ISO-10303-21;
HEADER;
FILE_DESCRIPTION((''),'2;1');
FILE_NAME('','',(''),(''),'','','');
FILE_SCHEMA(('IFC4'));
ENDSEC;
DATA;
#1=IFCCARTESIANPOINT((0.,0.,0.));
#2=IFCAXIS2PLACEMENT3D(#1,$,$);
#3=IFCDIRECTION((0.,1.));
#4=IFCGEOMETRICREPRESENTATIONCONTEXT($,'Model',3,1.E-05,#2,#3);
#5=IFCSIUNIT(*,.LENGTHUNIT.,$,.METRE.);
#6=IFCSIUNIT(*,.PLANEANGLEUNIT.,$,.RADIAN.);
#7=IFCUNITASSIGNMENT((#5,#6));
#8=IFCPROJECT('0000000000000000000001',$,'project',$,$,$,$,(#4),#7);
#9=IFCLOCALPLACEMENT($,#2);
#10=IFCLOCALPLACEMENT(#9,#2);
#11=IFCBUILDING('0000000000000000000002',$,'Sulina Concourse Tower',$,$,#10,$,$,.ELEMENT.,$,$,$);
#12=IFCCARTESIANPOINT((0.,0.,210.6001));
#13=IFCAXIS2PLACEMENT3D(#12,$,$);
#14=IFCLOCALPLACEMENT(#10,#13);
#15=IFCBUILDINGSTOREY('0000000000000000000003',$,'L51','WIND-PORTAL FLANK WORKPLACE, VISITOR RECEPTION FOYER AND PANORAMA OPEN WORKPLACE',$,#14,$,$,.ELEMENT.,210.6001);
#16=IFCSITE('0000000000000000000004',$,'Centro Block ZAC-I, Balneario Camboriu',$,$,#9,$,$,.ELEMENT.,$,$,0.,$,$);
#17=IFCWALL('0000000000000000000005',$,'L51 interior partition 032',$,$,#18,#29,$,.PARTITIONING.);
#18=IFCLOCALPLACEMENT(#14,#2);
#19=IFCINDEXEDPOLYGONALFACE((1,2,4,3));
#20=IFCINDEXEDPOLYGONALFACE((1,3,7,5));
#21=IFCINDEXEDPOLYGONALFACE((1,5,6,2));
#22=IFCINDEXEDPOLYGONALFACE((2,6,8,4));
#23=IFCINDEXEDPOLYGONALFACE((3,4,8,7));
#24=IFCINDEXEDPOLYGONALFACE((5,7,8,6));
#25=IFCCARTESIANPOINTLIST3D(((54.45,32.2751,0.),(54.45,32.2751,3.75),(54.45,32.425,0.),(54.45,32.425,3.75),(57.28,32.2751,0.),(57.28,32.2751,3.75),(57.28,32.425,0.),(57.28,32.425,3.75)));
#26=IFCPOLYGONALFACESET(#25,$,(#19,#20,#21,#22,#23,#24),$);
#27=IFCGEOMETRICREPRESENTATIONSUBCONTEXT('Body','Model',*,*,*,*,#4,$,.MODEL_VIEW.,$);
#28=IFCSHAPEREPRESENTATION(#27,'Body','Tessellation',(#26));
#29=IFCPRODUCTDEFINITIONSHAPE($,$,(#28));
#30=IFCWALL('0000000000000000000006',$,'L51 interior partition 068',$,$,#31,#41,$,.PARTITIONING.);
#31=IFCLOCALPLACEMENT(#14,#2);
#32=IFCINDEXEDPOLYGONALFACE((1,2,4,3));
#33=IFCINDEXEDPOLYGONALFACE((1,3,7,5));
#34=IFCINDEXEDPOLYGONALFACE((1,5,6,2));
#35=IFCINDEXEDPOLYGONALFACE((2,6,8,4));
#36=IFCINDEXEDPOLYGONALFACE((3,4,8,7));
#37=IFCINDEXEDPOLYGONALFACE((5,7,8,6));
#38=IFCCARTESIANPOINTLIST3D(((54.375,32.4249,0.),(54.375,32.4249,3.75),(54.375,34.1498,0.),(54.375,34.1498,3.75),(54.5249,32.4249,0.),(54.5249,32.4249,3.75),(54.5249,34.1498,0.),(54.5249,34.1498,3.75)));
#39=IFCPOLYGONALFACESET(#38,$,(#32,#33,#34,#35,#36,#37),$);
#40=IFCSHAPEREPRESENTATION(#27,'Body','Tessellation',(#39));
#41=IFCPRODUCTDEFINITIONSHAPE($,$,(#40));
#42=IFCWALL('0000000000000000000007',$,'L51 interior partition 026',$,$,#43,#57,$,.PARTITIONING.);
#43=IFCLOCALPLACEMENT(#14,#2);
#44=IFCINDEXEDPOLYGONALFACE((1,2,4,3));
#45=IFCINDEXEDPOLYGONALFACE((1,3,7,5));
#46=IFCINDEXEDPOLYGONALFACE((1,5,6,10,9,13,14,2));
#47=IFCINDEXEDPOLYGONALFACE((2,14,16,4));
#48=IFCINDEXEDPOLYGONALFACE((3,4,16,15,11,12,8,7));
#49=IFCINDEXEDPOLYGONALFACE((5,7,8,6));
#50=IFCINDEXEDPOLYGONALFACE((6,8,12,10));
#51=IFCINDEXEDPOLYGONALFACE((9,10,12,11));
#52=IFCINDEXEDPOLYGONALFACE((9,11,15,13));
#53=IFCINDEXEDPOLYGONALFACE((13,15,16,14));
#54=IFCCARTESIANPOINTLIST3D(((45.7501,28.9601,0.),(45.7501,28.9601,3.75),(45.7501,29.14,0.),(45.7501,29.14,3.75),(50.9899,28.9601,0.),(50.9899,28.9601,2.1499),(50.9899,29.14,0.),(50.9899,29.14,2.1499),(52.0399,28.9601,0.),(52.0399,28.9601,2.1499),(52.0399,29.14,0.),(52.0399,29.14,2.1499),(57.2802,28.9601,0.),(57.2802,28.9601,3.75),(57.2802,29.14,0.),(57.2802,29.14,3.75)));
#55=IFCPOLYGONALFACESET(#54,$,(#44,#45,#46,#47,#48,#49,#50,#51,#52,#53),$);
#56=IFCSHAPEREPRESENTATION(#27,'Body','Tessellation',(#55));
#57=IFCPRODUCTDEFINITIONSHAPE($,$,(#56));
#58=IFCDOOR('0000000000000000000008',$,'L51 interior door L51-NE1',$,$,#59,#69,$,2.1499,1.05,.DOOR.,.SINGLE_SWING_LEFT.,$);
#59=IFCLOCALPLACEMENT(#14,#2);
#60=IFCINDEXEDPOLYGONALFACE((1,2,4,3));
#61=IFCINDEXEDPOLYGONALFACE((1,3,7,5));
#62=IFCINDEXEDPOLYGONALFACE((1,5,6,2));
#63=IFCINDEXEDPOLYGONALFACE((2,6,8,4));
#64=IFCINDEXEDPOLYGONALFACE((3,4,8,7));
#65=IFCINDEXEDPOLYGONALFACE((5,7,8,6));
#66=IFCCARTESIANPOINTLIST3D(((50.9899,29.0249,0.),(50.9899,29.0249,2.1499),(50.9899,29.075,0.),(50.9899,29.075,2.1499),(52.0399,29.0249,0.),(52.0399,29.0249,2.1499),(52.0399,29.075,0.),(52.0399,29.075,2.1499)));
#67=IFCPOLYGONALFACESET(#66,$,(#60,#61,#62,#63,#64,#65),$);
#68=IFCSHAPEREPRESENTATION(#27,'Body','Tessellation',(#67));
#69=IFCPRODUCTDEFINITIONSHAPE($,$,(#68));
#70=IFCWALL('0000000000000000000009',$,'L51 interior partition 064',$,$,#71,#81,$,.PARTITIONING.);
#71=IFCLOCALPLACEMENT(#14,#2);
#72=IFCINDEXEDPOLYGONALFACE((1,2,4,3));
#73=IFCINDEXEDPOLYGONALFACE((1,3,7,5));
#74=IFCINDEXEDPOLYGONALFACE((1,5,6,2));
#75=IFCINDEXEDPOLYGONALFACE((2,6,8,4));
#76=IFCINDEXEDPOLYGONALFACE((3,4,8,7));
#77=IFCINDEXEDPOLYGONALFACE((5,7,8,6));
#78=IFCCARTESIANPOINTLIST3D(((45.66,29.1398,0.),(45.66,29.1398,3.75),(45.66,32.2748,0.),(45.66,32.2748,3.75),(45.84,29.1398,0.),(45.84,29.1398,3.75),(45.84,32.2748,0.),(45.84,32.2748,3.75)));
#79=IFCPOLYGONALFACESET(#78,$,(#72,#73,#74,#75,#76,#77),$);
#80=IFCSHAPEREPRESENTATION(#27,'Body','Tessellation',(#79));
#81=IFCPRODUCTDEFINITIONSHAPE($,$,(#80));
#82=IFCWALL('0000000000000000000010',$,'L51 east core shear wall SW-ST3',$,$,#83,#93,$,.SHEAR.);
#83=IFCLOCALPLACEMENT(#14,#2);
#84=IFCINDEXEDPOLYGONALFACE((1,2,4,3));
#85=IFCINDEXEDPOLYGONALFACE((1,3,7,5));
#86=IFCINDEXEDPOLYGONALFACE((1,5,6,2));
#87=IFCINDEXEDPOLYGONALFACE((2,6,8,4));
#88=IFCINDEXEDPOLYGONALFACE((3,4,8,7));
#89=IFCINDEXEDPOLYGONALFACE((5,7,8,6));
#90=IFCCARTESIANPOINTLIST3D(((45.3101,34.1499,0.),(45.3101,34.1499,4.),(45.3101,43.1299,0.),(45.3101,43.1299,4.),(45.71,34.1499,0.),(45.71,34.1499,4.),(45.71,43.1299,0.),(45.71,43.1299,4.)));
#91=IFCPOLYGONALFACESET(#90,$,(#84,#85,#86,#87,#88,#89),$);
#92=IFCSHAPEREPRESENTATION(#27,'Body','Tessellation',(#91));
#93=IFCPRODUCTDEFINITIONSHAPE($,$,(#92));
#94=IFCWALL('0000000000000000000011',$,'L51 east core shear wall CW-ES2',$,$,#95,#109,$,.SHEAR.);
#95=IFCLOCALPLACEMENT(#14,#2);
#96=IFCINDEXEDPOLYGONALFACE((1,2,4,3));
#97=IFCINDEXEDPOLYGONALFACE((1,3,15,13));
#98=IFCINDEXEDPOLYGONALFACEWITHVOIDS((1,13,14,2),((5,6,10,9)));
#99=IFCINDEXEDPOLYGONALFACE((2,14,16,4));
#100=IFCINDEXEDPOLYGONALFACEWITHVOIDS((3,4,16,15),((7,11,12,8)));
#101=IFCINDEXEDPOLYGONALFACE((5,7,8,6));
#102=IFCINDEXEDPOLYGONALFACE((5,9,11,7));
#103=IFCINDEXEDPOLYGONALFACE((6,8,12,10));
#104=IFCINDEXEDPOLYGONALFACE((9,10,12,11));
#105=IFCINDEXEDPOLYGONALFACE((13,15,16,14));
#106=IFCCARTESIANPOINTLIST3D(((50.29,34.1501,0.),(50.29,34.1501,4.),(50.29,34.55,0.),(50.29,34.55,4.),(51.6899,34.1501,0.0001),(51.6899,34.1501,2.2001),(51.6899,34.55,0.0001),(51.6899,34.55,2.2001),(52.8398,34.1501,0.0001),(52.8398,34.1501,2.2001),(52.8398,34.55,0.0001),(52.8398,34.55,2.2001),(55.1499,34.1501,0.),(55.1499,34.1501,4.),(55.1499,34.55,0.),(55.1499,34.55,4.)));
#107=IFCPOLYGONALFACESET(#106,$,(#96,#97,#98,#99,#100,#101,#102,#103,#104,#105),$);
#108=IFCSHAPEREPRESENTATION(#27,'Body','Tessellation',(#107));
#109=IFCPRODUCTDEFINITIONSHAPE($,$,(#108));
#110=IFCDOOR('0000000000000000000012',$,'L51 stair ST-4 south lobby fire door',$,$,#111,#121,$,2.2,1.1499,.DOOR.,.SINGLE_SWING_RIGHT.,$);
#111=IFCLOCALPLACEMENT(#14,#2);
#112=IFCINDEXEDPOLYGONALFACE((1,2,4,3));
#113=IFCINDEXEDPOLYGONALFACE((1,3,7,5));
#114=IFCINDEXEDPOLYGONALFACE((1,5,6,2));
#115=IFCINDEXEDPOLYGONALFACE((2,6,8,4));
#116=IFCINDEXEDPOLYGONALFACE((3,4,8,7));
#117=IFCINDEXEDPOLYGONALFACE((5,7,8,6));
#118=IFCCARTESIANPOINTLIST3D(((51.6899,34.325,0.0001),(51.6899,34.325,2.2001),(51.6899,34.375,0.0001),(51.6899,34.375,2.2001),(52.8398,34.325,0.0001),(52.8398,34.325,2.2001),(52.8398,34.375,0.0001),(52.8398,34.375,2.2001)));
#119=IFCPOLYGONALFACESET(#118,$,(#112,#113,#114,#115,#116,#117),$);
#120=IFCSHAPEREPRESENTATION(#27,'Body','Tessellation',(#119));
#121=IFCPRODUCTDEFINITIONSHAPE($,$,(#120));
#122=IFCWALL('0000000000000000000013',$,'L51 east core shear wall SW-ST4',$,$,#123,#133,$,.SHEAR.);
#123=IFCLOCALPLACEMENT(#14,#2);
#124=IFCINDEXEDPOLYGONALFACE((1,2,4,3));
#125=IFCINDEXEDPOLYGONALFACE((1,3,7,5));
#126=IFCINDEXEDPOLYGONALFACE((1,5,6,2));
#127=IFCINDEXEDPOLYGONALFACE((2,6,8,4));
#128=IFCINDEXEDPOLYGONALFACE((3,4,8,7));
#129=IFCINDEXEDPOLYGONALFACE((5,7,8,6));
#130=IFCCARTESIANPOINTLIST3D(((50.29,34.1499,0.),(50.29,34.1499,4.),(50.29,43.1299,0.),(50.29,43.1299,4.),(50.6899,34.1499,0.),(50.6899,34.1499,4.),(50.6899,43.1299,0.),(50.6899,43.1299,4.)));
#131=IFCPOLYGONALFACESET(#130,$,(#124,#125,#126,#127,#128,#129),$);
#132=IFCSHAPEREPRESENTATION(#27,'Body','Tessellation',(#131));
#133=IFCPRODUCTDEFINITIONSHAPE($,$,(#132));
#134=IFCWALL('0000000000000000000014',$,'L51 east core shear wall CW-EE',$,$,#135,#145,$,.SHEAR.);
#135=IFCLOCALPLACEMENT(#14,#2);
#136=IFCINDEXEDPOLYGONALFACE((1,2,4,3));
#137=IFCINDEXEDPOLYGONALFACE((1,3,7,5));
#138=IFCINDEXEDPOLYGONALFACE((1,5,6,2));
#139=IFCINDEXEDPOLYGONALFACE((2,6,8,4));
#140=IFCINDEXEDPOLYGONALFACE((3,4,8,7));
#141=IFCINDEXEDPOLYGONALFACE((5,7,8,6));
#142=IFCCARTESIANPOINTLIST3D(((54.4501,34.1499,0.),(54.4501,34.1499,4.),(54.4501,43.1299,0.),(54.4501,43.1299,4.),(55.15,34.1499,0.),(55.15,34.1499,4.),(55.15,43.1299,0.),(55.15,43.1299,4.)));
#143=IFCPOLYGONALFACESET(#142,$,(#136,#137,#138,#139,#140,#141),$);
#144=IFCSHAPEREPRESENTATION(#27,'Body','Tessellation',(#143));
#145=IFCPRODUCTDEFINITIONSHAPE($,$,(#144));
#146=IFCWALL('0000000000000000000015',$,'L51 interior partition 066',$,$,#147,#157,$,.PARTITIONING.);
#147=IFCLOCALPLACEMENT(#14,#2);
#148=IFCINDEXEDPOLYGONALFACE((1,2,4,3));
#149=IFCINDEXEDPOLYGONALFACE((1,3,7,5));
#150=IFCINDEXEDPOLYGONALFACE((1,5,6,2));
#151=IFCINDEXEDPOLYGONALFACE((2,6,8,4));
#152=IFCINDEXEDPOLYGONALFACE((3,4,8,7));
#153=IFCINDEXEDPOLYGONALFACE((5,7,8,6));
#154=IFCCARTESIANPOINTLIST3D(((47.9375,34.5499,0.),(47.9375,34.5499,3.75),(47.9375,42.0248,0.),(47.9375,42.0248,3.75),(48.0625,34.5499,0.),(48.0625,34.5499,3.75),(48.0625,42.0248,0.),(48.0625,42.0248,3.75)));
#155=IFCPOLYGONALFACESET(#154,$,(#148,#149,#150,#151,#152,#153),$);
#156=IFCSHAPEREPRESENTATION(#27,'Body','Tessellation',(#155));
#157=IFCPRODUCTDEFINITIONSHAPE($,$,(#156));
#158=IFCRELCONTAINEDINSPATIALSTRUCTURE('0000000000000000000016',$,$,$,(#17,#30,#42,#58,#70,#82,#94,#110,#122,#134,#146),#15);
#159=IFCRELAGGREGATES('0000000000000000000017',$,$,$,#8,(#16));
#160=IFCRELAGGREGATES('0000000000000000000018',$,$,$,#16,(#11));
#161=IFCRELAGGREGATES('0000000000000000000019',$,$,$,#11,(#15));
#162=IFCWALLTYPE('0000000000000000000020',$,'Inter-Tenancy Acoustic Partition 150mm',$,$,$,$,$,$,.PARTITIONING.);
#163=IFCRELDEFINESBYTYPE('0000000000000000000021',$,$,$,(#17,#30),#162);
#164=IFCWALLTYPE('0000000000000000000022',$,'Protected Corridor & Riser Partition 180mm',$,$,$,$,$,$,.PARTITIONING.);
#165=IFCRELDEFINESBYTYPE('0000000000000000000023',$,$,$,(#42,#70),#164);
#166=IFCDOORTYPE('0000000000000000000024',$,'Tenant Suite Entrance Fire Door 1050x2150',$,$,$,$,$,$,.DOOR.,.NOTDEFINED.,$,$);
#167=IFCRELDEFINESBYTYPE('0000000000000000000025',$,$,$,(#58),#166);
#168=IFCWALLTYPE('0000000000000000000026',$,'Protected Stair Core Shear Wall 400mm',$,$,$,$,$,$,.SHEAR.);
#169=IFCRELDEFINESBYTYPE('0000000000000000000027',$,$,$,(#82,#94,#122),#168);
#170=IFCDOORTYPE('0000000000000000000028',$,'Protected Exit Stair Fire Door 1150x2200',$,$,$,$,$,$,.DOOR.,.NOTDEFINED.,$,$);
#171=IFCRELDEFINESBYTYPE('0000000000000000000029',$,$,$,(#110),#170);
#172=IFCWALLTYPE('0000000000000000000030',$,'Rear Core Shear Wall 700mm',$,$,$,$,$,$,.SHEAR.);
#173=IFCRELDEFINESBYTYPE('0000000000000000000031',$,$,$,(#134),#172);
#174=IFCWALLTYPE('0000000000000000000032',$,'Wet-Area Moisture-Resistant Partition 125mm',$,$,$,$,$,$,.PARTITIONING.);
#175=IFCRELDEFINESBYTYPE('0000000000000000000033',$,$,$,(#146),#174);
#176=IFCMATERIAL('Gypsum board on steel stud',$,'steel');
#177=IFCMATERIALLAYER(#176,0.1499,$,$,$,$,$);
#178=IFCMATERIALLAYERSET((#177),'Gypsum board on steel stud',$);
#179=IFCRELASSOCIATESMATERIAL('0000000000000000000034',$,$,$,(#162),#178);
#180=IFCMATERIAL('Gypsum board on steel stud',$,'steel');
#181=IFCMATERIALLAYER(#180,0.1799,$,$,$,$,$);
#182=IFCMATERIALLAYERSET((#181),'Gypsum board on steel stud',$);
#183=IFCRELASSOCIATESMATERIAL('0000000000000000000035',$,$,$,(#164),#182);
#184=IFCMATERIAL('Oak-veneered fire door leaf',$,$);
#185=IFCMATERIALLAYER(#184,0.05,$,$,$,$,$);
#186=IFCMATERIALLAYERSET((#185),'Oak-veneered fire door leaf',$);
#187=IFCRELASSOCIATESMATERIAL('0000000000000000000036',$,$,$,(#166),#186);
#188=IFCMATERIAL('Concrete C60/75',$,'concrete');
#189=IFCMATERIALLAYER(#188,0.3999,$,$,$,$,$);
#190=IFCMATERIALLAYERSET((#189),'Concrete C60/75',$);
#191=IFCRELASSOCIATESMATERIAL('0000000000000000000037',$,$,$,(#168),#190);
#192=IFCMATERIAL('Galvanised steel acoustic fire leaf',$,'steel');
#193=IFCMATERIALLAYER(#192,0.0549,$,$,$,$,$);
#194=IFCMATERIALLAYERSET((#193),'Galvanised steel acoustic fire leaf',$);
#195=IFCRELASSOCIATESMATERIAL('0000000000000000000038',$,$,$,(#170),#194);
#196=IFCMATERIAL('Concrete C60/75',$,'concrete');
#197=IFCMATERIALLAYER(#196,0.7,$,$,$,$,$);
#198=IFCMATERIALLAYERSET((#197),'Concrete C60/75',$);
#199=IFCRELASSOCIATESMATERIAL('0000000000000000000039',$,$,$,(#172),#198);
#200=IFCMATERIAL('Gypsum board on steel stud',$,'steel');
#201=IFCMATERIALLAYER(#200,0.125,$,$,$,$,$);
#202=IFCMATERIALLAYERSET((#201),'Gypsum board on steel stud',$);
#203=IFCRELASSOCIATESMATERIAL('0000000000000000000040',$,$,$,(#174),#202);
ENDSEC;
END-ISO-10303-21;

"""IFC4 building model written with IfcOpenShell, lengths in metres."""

from ifc_helpers import new_model, si_unit, direction, frame, frame_2d, origin, place, context, subcontext, project, spatial, rectangle, extrude, material, layer, layer_set, type_object, element, fill, save


model = new_model("IFC4")

# Units and contexts
model_context = context("Model", 3, precision=1e-05, world=origin(), true_north=direction((0.0, 1.0)))
body_context = subcontext(model_context, "Body", "Model", "MODEL_VIEW")
ifc_project = project(units=[si_unit("LENGTHUNIT", "METRE"), si_unit("PLANEANGLEUNIT", "RADIAN")], contexts=[model_context])

# Site, building, storey
site_placement = place(None, origin())
site = spatial("IfcSite", under=ifc_project, at=site_placement, Name="Centro Block ZAC-I, Balneario Camboriu", CompositionType="ELEMENT", RefElevation=0.0)
building_placement = place(site_placement, origin())
building = spatial("IfcBuilding", under=site, at=building_placement, Name="Sulina Concourse Tower", CompositionType="ELEMENT")
storey_placement = place(building_placement, frame((0.0, 0.0, 210.6001)))
storey = spatial("IfcBuildingStorey", under=building, at=storey_placement, Name="L51", Description="WIND-PORTAL FLANK WORKPLACE, VISITOR RECEPTION FOYER AND PANORAMA OPEN WORKPLACE", CompositionType="ELEMENT", Elevation=210.6001)

# Walls
ifc_material_1 = material(Name="Gypsum board on steel stud", Category="steel")
ifc_layer_1 = layer(ifc_material_1, 0.1499)
ifc_layer_set_1 = layer_set([ifc_layer_1], Name="Gypsum board on steel stud")
wall_type_1 = type_object("IfcWallType", Name="Inter-Tenancy Acoustic Partition 150mm", PredefinedType="PARTITIONING", material=ifc_layer_set_1)
wall_1_placement = place(storey_placement, frame((54.45, 32.3501, 0.0), z_axis=(0.0, 0.0, 1.0), x_axis=(1.0, 0.0, 0.0)))
element("IfcWall", 1, at=wall_1_placement, inside=storey, type_object=wall_type_1, Name="L51 interior partition 032", PredefinedType="PARTITIONING", context=body_context, shape_type="SweptSolid", body=[
    extrude(rectangle(XDim=2.8301, YDim=0.1499, at=frame_2d((1.415, 0.0))), origin(), (0.0, 0.0, 1.0), 3.75),
])
wall_2_placement = place(storey_placement, frame((54.45, 32.425, 0.0), z_axis=(0.0, 0.0, 1.0), x_axis=(0.0, 1.0, 0.0)))
element("IfcWall", 2, at=wall_2_placement, inside=storey, type_object=wall_type_1, Name="L51 interior partition 068", PredefinedType="PARTITIONING", context=body_context, shape_type="SweptSolid", body=[
    extrude(rectangle(XDim=1.7249, YDim=0.1499, at=frame_2d((0.8623, 0.0))), origin(), (0.0, 0.0, 1.0), 3.75),
])

# Wall, opening, door
ifc_material_2 = material(Name="Gypsum board on steel stud", Category="steel")
ifc_layer_2 = layer(ifc_material_2, 0.1799)
ifc_layer_set_2 = layer_set([ifc_layer_2], Name="Gypsum board on steel stud")
wall_type_2 = type_object("IfcWallType", Name="Protected Corridor & Riser Partition 180mm", PredefinedType="PARTITIONING", material=ifc_layer_set_2)
wall_3_placement = place(storey_placement, frame((45.75, 29.05, 0.0), z_axis=(0.0, 0.0, 1.0), x_axis=(1.0, 0.0, 0.0)))
wall_3 = element("IfcWall", 3, at=wall_3_placement, inside=storey, type_object=wall_type_2, Name="L51 interior partition 026", PredefinedType="PARTITIONING", context=body_context, shape_type="SweptSolid", body=[
    extrude(rectangle(XDim=11.53, YDim=0.1799, at=frame_2d((5.7651, 0.0))), origin(), (0.0, 0.0, 1.0), 3.75),
])
opening_1_placement = place(wall_3_placement, frame((5.24, 0.0, 0.0)))
opening_1 = element("IfcOpeningElement", 4, at=opening_1_placement, cuts=wall_3, PredefinedType="OPENING", context=body_context, shape_type="SweptSolid", body=[
    extrude(rectangle(XDim=1.05, YDim=2.1499, at=frame_2d((0.5249, 1.075))), frame((0.0, 0.0999, 0.0), z_axis=(0.0, -1.0, 0.0), x_axis=(1.0, 0.0, 0.0)), (0.0, 0.0, 1.0), 0.2),
])
ifc_material_3 = material(Name="Oak-veneered fire door leaf")
ifc_layer_3 = layer(ifc_material_3, 0.05)
ifc_layer_set_3 = layer_set([ifc_layer_3], Name="Oak-veneered fire door leaf")
door_type_1 = type_object("IfcDoorType", Name="Tenant Suite Entrance Fire Door 1050x2150", OperationType="NOTDEFINED", PredefinedType="DOOR", material=ifc_layer_set_3)
door_1_placement = place(opening_1_placement, origin())
door_1 = element("IfcDoor", 5, at=door_1_placement, inside=storey, type_object=door_type_1, Name="L51 interior door L51-NE1", OperationType="SINGLE_SWING_LEFT", OverallHeight=2.1499, OverallWidth=1.05, PredefinedType="DOOR", context=body_context, shape_type="SweptSolid", body=[
    extrude(rectangle(XDim=1.05, YDim=2.1499, at=frame_2d((0.5249, 1.075))), frame((0.0, 0.0249, 0.0), z_axis=(0.0, -1.0, 0.0), x_axis=(1.0, 0.0, 0.0)), (0.0, 0.0, 1.0), 0.05),
])
fill(opening_1, door_1)

# Walls
wall_4_placement = place(storey_placement, frame((45.75, 29.1399, 0.0), z_axis=(0.0, 0.0, 1.0), x_axis=(0.0, 1.0, 0.0)))
element("IfcWall", 6, at=wall_4_placement, inside=storey, type_object=wall_type_2, Name="L51 interior partition 064", PredefinedType="PARTITIONING", context=body_context, shape_type="SweptSolid", body=[
    extrude(rectangle(XDim=3.135, YDim=0.1799, at=frame_2d((1.5674, 0.0))), origin(), (0.0, 0.0, 1.0), 3.75),
])
ifc_material_4 = material(Name="Concrete C60/75", Category="concrete")
ifc_layer_4 = layer(ifc_material_4, 0.3999)
ifc_layer_set_4 = layer_set([ifc_layer_4], Name="Concrete C60/75")
wall_type_3 = type_object("IfcWallType", Name="Protected Stair Core Shear Wall 400mm", PredefinedType="SHEAR", material=ifc_layer_set_4)
wall_5_placement = place(storey_placement, frame((45.51, 34.1499, 0.0), z_axis=(0.0, 0.0, 1.0), x_axis=(0.0, 1.0, 0.0)))
element("IfcWall", 7, at=wall_5_placement, inside=storey, type_object=wall_type_3, Name="L51 east core shear wall SW-ST3", PredefinedType="SHEAR", context=body_context, shape_type="SweptSolid", body=[
    extrude(rectangle(XDim=8.98, YDim=0.3999, at=frame_2d((4.49, 0.0))), origin(), (0.0, 0.0, 1.0), 4.0),
])

# Wall, opening, door
wall_6_placement = place(storey_placement, frame((50.29, 34.3501, 0.0), z_axis=(0.0, 0.0, 1.0), x_axis=(1.0, 0.0, 0.0)))
wall_6 = element("IfcWall", 8, at=wall_6_placement, inside=storey, type_object=wall_type_3, Name="L51 east core shear wall CW-ES2", PredefinedType="SHEAR", context=body_context, shape_type="SweptSolid", body=[
    extrude(rectangle(XDim=4.8599, YDim=0.3999, at=frame_2d((2.4299, 0.0))), origin(), (0.0, 0.0, 1.0), 4.0),
])
opening_2_placement = place(wall_6_placement, frame((1.3999, 0.0, 0.0)))
opening_2 = element("IfcOpeningElement", 9, at=opening_2_placement, cuts=wall_6, PredefinedType="OPENING", context=body_context, shape_type="SweptSolid", body=[
    extrude(rectangle(XDim=1.1499, YDim=2.2, at=frame_2d((0.575, 1.1001))), frame((0.0, 0.21, 0.0), z_axis=(0.0, -1.0, 0.0), x_axis=(1.0, 0.0, 0.0)), (0.0, 0.0, 1.0), 0.4199),
])
ifc_material_5 = material(Name="Galvanised steel acoustic fire leaf", Category="steel")
ifc_layer_5 = layer(ifc_material_5, 0.0549)
ifc_layer_set_5 = layer_set([ifc_layer_5], Name="Galvanised steel acoustic fire leaf")
door_type_2 = type_object("IfcDoorType", Name="Protected Exit Stair Fire Door 1150x2200", OperationType="NOTDEFINED", PredefinedType="DOOR", material=ifc_layer_set_5)
door_2_placement = place(opening_2_placement, origin())
door_2 = element("IfcDoor", 10, at=door_2_placement, inside=storey, type_object=door_type_2, Name="L51 stair ST-4 south lobby fire door", OperationType="SINGLE_SWING_RIGHT", OverallHeight=2.2, OverallWidth=1.1499, PredefinedType="DOOR", context=body_context, shape_type="SweptSolid", body=[
    extrude(rectangle(XDim=1.1499, YDim=2.2, at=frame_2d((0.575, 1.1001))), frame((0.0, 0.0249, 0.0), z_axis=(0.0, -1.0, 0.0), x_axis=(1.0, 0.0, 0.0)), (0.0, 0.0, 1.0), 0.05),
])
fill(opening_2, door_2)

# Walls
wall_7_placement = place(storey_placement, frame((50.49, 34.1499, 0.0), z_axis=(0.0, 0.0, 1.0), x_axis=(0.0, 1.0, 0.0)))
element("IfcWall", 11, at=wall_7_placement, inside=storey, type_object=wall_type_3, Name="L51 east core shear wall SW-ST4", PredefinedType="SHEAR", context=body_context, shape_type="SweptSolid", body=[
    extrude(rectangle(XDim=8.98, YDim=0.3999, at=frame_2d((4.49, 0.0))), origin(), (0.0, 0.0, 1.0), 4.0),
])
ifc_material_6 = material(Name="Concrete C60/75", Category="concrete")
ifc_layer_6 = layer(ifc_material_6, 0.7)
ifc_layer_set_6 = layer_set([ifc_layer_6], Name="Concrete C60/75")
wall_type_4 = type_object("IfcWallType", Name="Rear Core Shear Wall 700mm", PredefinedType="SHEAR", material=ifc_layer_set_6)
wall_8_placement = place(storey_placement, frame((54.8, 34.1499, 0.0), z_axis=(0.0, 0.0, 1.0), x_axis=(0.0, 1.0, 0.0)))
element("IfcWall", 12, at=wall_8_placement, inside=storey, type_object=wall_type_4, Name="L51 east core shear wall CW-EE", PredefinedType="SHEAR", context=body_context, shape_type="SweptSolid", body=[
    extrude(rectangle(XDim=8.98, YDim=0.7, at=frame_2d((4.49, 0.0))), origin(), (0.0, 0.0, 1.0), 4.0),
])
ifc_material_7 = material(Name="Gypsum board on steel stud", Category="steel")
ifc_layer_7 = layer(ifc_material_7, 0.125)
ifc_layer_set_7 = layer_set([ifc_layer_7], Name="Gypsum board on steel stud")
wall_type_5 = type_object("IfcWallType", Name="Wet-Area Moisture-Resistant Partition 125mm", PredefinedType="PARTITIONING", material=ifc_layer_set_7)
wall_9_placement = place(storey_placement, frame((48.0, 34.55, 0.0), z_axis=(0.0, 0.0, 1.0), x_axis=(0.0, 1.0, 0.0)))
element("IfcWall", 13, at=wall_9_placement, inside=storey, type_object=wall_type_5, Name="L51 interior partition 066", PredefinedType="PARTITIONING", context=body_context, shape_type="SweptSolid", body=[
    extrude(rectangle(XDim=7.4749, YDim=0.125, at=frame_2d((3.7373, 0.0))), origin(), (0.0, 0.0, 1.0), 3.75),
])

save(model, "model.ifc")
